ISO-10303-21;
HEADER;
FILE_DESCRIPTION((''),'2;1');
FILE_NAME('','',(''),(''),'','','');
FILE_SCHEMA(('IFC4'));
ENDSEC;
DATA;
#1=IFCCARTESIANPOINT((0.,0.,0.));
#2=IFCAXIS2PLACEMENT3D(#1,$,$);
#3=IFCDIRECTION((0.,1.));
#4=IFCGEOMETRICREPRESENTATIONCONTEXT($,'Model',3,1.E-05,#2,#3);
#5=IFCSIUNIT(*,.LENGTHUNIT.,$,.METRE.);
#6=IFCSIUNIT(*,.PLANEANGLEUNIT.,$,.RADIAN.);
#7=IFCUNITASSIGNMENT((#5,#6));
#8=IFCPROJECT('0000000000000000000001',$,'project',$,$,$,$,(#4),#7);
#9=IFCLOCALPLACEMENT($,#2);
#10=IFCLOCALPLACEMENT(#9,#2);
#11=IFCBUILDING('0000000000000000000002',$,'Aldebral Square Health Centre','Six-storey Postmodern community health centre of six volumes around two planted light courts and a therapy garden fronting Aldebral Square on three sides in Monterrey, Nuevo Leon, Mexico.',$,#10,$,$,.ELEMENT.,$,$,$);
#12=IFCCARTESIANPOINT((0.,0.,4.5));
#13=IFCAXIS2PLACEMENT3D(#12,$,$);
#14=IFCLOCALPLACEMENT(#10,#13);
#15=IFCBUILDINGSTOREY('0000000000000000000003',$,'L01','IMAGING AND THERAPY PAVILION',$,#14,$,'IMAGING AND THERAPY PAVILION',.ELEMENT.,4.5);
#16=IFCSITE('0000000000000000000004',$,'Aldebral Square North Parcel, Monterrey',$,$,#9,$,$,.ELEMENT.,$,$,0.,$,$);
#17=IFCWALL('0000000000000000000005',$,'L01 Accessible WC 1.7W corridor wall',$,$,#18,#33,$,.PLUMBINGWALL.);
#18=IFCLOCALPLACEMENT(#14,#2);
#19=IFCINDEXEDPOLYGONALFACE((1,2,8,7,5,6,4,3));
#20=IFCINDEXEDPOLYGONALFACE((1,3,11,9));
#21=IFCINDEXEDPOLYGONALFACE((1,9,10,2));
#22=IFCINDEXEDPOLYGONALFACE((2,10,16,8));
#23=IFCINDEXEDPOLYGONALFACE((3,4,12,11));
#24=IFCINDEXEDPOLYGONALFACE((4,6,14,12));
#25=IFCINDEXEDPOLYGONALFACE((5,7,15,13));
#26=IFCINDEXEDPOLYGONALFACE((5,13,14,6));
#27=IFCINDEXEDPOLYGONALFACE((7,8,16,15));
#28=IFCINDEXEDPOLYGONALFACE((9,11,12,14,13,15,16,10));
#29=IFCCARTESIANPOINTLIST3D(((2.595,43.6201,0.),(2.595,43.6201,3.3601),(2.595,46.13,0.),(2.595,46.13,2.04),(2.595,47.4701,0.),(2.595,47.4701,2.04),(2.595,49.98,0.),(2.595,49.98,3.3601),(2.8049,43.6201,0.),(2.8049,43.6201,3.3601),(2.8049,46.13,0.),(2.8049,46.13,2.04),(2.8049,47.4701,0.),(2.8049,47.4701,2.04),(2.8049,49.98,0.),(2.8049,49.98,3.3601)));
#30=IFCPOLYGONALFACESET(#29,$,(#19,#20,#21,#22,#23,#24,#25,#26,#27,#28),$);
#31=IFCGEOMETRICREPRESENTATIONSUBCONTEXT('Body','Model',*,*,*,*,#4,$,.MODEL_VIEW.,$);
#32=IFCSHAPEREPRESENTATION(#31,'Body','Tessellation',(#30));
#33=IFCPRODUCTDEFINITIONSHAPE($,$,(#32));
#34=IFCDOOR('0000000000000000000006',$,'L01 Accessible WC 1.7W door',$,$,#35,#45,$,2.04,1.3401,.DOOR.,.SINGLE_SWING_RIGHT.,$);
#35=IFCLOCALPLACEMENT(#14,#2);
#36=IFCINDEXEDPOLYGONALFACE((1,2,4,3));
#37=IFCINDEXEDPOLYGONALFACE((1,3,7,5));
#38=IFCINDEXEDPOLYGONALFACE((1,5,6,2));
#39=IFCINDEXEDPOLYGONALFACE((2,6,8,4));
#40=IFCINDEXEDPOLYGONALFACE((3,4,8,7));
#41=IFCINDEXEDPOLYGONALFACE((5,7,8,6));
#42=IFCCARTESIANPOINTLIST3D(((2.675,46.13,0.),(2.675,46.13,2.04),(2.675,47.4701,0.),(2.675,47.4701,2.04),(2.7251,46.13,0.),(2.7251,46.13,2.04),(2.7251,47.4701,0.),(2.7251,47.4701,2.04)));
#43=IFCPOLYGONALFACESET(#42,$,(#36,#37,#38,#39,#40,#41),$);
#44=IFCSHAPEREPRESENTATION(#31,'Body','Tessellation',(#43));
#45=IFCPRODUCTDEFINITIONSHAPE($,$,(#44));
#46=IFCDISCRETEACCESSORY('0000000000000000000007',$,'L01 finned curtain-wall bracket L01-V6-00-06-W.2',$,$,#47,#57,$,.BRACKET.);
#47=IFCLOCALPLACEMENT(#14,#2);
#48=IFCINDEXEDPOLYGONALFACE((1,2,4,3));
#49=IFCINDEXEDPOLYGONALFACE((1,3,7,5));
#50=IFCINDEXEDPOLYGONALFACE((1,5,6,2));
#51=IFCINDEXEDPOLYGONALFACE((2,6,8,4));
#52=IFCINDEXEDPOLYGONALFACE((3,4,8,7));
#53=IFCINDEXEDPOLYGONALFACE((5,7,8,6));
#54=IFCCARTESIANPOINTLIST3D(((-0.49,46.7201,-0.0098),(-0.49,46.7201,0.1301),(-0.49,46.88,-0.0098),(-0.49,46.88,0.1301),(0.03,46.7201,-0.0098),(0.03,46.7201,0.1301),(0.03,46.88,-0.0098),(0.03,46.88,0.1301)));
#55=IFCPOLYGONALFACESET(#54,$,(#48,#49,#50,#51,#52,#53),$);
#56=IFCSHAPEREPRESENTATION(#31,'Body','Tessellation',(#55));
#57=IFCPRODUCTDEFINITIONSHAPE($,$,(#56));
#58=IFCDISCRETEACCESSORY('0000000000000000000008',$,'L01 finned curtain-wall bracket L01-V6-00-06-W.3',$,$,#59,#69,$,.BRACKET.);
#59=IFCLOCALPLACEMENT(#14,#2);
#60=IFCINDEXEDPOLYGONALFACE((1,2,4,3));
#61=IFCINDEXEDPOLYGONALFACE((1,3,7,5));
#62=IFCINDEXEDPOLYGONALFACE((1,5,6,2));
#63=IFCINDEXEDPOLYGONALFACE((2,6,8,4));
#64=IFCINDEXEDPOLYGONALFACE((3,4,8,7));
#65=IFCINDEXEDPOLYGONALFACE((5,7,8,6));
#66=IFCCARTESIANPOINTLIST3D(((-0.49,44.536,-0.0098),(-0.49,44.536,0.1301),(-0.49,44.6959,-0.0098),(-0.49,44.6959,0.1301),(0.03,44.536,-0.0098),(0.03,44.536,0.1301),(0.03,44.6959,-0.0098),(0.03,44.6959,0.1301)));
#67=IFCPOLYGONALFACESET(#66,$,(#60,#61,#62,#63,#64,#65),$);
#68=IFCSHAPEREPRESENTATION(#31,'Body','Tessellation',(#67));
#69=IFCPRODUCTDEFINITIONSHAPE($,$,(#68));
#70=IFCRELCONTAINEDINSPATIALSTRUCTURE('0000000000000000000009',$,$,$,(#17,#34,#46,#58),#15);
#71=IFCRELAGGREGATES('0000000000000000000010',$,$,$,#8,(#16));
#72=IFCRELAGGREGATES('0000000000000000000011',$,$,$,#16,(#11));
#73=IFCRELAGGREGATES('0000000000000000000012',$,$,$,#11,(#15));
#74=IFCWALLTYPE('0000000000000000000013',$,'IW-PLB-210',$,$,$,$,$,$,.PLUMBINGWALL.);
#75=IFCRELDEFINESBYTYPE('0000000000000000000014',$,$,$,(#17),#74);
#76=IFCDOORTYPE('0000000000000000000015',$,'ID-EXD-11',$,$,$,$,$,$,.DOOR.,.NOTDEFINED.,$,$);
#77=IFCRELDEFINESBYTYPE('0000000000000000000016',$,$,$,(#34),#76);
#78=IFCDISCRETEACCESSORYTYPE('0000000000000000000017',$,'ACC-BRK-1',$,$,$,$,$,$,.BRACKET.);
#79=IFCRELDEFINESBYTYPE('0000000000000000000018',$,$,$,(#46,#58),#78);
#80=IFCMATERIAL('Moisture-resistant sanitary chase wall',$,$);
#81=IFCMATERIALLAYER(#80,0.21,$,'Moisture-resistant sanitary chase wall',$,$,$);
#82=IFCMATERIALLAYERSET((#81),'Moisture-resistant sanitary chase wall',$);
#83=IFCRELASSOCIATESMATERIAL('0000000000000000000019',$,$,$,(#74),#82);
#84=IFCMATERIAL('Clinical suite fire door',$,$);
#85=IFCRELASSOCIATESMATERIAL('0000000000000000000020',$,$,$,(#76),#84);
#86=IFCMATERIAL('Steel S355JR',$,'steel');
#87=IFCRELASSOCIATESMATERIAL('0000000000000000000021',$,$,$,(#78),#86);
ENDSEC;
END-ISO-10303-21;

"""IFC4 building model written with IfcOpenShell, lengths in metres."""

from ifc_helpers import new_model, si_unit, direction, frame, frame_2d, origin, origin_2d, place, context, subcontext, project, spatial, rectangle, extrude, material, layer, layer_set, type_object, element, fill, save


model = new_model("IFC4")

# Units and contexts
model_context = context("Model", 3, precision=1e-05, world=origin(), true_north=direction((0.0, 1.0)))
body_context = subcontext(model_context, "Body", "Model", "MODEL_VIEW")
ifc_project = project(units=[si_unit("LENGTHUNIT", "METRE"), si_unit("PLANEANGLEUNIT", "RADIAN")], contexts=[model_context])

# Site, building, storey
site_placement = place(None, origin())
site = spatial("IfcSite", under=ifc_project, at=site_placement, Name="Aldebral Square North Parcel, Monterrey", CompositionType="ELEMENT", RefElevation=0.0)
building_placement = place(site_placement, origin())
building = spatial("IfcBuilding", under=site, at=building_placement, Name="Aldebral Square Health Centre", Description="Six-storey Postmodern community health centre of six volumes around two planted light courts and a therapy garden fronting Aldebral Square on three sides in Monterrey, Nuevo Leon, Mexico.", CompositionType="ELEMENT")
storey_placement = place(building_placement, frame((0.0, 0.0, 4.5)))
storey = spatial("IfcBuildingStorey", under=building, at=storey_placement, Name="L01", Description="IMAGING AND THERAPY PAVILION", LongName="IMAGING AND THERAPY PAVILION", CompositionType="ELEMENT", Elevation=4.5)

# Wall, opening, door
ifc_material_1 = material(Name="Clinical suite fire door")
ifc_material_2 = material(Name="Moisture-resistant sanitary chase wall")
ifc_layer_1 = layer(ifc_material_2, 0.21, Name="Moisture-resistant sanitary chase wall")
ifc_layer_set_1 = layer_set([ifc_layer_1], Name="Moisture-resistant sanitary chase wall")
wall_type_1 = type_object("IfcWallType", Name="IW-PLB-210", PredefinedType="PLUMBINGWALL", material=ifc_layer_set_1)
wall_1_placement = place(storey_placement, frame((2.7, 43.6201, 0.0), z_axis=(0.0, 0.0, 1.0), x_axis=(0.0, 1.0, 0.0)))
wall_1 = element("IfcWall", 1, at=wall_1_placement, inside=storey, type_object=wall_type_1, Name="L01 Accessible WC 1.7W corridor wall", PredefinedType="PLUMBINGWALL", context=body_context, shape_type="SweptSolid", body=[
    extrude(rectangle(XDim=6.3599, YDim=0.21, at=frame_2d((3.1799, 0.0))), origin(), (0.0, 0.0, 1.0), 3.3601),
])
opening_1_placement = place(wall_1_placement, frame((2.51, 0.0, 0.0)))
opening_1 = element("IfcOpeningElement", 2, at=opening_1_placement, cuts=wall_1, PredefinedType="OPENING", context=body_context, shape_type="SweptSolid", body=[
    extrude(rectangle(XDim=1.3401, YDim=2.04, at=frame_2d((0.6699, 1.02))), frame((0.0, 0.115, 0.0), z_axis=(0.0, -1.0, 0.0), x_axis=(1.0, 0.0, 0.0)), (0.0, 0.0, 1.0), 0.23),
])
door_type_1 = type_object("IfcDoorType", Name="ID-EXD-11", OperationType="NOTDEFINED", PredefinedType="DOOR", material=ifc_material_1)
door_1_placement = place(opening_1_placement, origin())
door_1 = element("IfcDoor", 3, at=door_1_placement, inside=storey, type_object=door_type_1, Name="L01 Accessible WC 1.7W door", OperationType="SINGLE_SWING_RIGHT", OverallHeight=2.04, OverallWidth=1.3401, PredefinedType="DOOR", context=body_context, shape_type="SweptSolid", body=[
    extrude(rectangle(XDim=1.3401, YDim=2.04, at=frame_2d((0.6699, 1.02))), frame((0.0, 0.0249, 0.0), z_axis=(0.0, -1.0, 0.0), x_axis=(1.0, 0.0, 0.0)), (0.0, 0.0, 1.0), 0.05),
])
fill(opening_1, door_1)

# Discrete accessories
ifc_material_3 = material(Name="Steel S355JR", Category="steel")
discrete_accessory_type = type_object("IfcDiscreteAccessoryType", Name="ACC-BRK-1", PredefinedType="BRACKET", material=ifc_material_3)
for number, where, z_axis, x_axis, name in (
    (4, (-0.23, 46.8, -0.0098), (0.0, 0.0, 1.0), (0.0, 1.0, 0.0), "L01 finned curtain-wall bracket L01-V6-00-06-W.2"),
    (5, (-0.23, 44.616, -0.0098), (0.0, 0.0, 1.0), (0.0, 1.0, 0.0), "L01 finned curtain-wall bracket L01-V6-00-06-W.3"),
):
    element("IfcDiscreteAccessory", number, at=place(storey_placement, frame(where, z_axis=z_axis, x_axis=x_axis)), inside=storey, type_object=discrete_accessory_type, Name=name, PredefinedType="BRACKET", context=body_context, shape_type="SweptSolid", body=[
        extrude(rectangle(XDim=0.1599, YDim=0.52, at=origin_2d()), origin(), (0.0, 0.0, 1.0), 0.1399),
    ])

save(model, "model.ifc")
